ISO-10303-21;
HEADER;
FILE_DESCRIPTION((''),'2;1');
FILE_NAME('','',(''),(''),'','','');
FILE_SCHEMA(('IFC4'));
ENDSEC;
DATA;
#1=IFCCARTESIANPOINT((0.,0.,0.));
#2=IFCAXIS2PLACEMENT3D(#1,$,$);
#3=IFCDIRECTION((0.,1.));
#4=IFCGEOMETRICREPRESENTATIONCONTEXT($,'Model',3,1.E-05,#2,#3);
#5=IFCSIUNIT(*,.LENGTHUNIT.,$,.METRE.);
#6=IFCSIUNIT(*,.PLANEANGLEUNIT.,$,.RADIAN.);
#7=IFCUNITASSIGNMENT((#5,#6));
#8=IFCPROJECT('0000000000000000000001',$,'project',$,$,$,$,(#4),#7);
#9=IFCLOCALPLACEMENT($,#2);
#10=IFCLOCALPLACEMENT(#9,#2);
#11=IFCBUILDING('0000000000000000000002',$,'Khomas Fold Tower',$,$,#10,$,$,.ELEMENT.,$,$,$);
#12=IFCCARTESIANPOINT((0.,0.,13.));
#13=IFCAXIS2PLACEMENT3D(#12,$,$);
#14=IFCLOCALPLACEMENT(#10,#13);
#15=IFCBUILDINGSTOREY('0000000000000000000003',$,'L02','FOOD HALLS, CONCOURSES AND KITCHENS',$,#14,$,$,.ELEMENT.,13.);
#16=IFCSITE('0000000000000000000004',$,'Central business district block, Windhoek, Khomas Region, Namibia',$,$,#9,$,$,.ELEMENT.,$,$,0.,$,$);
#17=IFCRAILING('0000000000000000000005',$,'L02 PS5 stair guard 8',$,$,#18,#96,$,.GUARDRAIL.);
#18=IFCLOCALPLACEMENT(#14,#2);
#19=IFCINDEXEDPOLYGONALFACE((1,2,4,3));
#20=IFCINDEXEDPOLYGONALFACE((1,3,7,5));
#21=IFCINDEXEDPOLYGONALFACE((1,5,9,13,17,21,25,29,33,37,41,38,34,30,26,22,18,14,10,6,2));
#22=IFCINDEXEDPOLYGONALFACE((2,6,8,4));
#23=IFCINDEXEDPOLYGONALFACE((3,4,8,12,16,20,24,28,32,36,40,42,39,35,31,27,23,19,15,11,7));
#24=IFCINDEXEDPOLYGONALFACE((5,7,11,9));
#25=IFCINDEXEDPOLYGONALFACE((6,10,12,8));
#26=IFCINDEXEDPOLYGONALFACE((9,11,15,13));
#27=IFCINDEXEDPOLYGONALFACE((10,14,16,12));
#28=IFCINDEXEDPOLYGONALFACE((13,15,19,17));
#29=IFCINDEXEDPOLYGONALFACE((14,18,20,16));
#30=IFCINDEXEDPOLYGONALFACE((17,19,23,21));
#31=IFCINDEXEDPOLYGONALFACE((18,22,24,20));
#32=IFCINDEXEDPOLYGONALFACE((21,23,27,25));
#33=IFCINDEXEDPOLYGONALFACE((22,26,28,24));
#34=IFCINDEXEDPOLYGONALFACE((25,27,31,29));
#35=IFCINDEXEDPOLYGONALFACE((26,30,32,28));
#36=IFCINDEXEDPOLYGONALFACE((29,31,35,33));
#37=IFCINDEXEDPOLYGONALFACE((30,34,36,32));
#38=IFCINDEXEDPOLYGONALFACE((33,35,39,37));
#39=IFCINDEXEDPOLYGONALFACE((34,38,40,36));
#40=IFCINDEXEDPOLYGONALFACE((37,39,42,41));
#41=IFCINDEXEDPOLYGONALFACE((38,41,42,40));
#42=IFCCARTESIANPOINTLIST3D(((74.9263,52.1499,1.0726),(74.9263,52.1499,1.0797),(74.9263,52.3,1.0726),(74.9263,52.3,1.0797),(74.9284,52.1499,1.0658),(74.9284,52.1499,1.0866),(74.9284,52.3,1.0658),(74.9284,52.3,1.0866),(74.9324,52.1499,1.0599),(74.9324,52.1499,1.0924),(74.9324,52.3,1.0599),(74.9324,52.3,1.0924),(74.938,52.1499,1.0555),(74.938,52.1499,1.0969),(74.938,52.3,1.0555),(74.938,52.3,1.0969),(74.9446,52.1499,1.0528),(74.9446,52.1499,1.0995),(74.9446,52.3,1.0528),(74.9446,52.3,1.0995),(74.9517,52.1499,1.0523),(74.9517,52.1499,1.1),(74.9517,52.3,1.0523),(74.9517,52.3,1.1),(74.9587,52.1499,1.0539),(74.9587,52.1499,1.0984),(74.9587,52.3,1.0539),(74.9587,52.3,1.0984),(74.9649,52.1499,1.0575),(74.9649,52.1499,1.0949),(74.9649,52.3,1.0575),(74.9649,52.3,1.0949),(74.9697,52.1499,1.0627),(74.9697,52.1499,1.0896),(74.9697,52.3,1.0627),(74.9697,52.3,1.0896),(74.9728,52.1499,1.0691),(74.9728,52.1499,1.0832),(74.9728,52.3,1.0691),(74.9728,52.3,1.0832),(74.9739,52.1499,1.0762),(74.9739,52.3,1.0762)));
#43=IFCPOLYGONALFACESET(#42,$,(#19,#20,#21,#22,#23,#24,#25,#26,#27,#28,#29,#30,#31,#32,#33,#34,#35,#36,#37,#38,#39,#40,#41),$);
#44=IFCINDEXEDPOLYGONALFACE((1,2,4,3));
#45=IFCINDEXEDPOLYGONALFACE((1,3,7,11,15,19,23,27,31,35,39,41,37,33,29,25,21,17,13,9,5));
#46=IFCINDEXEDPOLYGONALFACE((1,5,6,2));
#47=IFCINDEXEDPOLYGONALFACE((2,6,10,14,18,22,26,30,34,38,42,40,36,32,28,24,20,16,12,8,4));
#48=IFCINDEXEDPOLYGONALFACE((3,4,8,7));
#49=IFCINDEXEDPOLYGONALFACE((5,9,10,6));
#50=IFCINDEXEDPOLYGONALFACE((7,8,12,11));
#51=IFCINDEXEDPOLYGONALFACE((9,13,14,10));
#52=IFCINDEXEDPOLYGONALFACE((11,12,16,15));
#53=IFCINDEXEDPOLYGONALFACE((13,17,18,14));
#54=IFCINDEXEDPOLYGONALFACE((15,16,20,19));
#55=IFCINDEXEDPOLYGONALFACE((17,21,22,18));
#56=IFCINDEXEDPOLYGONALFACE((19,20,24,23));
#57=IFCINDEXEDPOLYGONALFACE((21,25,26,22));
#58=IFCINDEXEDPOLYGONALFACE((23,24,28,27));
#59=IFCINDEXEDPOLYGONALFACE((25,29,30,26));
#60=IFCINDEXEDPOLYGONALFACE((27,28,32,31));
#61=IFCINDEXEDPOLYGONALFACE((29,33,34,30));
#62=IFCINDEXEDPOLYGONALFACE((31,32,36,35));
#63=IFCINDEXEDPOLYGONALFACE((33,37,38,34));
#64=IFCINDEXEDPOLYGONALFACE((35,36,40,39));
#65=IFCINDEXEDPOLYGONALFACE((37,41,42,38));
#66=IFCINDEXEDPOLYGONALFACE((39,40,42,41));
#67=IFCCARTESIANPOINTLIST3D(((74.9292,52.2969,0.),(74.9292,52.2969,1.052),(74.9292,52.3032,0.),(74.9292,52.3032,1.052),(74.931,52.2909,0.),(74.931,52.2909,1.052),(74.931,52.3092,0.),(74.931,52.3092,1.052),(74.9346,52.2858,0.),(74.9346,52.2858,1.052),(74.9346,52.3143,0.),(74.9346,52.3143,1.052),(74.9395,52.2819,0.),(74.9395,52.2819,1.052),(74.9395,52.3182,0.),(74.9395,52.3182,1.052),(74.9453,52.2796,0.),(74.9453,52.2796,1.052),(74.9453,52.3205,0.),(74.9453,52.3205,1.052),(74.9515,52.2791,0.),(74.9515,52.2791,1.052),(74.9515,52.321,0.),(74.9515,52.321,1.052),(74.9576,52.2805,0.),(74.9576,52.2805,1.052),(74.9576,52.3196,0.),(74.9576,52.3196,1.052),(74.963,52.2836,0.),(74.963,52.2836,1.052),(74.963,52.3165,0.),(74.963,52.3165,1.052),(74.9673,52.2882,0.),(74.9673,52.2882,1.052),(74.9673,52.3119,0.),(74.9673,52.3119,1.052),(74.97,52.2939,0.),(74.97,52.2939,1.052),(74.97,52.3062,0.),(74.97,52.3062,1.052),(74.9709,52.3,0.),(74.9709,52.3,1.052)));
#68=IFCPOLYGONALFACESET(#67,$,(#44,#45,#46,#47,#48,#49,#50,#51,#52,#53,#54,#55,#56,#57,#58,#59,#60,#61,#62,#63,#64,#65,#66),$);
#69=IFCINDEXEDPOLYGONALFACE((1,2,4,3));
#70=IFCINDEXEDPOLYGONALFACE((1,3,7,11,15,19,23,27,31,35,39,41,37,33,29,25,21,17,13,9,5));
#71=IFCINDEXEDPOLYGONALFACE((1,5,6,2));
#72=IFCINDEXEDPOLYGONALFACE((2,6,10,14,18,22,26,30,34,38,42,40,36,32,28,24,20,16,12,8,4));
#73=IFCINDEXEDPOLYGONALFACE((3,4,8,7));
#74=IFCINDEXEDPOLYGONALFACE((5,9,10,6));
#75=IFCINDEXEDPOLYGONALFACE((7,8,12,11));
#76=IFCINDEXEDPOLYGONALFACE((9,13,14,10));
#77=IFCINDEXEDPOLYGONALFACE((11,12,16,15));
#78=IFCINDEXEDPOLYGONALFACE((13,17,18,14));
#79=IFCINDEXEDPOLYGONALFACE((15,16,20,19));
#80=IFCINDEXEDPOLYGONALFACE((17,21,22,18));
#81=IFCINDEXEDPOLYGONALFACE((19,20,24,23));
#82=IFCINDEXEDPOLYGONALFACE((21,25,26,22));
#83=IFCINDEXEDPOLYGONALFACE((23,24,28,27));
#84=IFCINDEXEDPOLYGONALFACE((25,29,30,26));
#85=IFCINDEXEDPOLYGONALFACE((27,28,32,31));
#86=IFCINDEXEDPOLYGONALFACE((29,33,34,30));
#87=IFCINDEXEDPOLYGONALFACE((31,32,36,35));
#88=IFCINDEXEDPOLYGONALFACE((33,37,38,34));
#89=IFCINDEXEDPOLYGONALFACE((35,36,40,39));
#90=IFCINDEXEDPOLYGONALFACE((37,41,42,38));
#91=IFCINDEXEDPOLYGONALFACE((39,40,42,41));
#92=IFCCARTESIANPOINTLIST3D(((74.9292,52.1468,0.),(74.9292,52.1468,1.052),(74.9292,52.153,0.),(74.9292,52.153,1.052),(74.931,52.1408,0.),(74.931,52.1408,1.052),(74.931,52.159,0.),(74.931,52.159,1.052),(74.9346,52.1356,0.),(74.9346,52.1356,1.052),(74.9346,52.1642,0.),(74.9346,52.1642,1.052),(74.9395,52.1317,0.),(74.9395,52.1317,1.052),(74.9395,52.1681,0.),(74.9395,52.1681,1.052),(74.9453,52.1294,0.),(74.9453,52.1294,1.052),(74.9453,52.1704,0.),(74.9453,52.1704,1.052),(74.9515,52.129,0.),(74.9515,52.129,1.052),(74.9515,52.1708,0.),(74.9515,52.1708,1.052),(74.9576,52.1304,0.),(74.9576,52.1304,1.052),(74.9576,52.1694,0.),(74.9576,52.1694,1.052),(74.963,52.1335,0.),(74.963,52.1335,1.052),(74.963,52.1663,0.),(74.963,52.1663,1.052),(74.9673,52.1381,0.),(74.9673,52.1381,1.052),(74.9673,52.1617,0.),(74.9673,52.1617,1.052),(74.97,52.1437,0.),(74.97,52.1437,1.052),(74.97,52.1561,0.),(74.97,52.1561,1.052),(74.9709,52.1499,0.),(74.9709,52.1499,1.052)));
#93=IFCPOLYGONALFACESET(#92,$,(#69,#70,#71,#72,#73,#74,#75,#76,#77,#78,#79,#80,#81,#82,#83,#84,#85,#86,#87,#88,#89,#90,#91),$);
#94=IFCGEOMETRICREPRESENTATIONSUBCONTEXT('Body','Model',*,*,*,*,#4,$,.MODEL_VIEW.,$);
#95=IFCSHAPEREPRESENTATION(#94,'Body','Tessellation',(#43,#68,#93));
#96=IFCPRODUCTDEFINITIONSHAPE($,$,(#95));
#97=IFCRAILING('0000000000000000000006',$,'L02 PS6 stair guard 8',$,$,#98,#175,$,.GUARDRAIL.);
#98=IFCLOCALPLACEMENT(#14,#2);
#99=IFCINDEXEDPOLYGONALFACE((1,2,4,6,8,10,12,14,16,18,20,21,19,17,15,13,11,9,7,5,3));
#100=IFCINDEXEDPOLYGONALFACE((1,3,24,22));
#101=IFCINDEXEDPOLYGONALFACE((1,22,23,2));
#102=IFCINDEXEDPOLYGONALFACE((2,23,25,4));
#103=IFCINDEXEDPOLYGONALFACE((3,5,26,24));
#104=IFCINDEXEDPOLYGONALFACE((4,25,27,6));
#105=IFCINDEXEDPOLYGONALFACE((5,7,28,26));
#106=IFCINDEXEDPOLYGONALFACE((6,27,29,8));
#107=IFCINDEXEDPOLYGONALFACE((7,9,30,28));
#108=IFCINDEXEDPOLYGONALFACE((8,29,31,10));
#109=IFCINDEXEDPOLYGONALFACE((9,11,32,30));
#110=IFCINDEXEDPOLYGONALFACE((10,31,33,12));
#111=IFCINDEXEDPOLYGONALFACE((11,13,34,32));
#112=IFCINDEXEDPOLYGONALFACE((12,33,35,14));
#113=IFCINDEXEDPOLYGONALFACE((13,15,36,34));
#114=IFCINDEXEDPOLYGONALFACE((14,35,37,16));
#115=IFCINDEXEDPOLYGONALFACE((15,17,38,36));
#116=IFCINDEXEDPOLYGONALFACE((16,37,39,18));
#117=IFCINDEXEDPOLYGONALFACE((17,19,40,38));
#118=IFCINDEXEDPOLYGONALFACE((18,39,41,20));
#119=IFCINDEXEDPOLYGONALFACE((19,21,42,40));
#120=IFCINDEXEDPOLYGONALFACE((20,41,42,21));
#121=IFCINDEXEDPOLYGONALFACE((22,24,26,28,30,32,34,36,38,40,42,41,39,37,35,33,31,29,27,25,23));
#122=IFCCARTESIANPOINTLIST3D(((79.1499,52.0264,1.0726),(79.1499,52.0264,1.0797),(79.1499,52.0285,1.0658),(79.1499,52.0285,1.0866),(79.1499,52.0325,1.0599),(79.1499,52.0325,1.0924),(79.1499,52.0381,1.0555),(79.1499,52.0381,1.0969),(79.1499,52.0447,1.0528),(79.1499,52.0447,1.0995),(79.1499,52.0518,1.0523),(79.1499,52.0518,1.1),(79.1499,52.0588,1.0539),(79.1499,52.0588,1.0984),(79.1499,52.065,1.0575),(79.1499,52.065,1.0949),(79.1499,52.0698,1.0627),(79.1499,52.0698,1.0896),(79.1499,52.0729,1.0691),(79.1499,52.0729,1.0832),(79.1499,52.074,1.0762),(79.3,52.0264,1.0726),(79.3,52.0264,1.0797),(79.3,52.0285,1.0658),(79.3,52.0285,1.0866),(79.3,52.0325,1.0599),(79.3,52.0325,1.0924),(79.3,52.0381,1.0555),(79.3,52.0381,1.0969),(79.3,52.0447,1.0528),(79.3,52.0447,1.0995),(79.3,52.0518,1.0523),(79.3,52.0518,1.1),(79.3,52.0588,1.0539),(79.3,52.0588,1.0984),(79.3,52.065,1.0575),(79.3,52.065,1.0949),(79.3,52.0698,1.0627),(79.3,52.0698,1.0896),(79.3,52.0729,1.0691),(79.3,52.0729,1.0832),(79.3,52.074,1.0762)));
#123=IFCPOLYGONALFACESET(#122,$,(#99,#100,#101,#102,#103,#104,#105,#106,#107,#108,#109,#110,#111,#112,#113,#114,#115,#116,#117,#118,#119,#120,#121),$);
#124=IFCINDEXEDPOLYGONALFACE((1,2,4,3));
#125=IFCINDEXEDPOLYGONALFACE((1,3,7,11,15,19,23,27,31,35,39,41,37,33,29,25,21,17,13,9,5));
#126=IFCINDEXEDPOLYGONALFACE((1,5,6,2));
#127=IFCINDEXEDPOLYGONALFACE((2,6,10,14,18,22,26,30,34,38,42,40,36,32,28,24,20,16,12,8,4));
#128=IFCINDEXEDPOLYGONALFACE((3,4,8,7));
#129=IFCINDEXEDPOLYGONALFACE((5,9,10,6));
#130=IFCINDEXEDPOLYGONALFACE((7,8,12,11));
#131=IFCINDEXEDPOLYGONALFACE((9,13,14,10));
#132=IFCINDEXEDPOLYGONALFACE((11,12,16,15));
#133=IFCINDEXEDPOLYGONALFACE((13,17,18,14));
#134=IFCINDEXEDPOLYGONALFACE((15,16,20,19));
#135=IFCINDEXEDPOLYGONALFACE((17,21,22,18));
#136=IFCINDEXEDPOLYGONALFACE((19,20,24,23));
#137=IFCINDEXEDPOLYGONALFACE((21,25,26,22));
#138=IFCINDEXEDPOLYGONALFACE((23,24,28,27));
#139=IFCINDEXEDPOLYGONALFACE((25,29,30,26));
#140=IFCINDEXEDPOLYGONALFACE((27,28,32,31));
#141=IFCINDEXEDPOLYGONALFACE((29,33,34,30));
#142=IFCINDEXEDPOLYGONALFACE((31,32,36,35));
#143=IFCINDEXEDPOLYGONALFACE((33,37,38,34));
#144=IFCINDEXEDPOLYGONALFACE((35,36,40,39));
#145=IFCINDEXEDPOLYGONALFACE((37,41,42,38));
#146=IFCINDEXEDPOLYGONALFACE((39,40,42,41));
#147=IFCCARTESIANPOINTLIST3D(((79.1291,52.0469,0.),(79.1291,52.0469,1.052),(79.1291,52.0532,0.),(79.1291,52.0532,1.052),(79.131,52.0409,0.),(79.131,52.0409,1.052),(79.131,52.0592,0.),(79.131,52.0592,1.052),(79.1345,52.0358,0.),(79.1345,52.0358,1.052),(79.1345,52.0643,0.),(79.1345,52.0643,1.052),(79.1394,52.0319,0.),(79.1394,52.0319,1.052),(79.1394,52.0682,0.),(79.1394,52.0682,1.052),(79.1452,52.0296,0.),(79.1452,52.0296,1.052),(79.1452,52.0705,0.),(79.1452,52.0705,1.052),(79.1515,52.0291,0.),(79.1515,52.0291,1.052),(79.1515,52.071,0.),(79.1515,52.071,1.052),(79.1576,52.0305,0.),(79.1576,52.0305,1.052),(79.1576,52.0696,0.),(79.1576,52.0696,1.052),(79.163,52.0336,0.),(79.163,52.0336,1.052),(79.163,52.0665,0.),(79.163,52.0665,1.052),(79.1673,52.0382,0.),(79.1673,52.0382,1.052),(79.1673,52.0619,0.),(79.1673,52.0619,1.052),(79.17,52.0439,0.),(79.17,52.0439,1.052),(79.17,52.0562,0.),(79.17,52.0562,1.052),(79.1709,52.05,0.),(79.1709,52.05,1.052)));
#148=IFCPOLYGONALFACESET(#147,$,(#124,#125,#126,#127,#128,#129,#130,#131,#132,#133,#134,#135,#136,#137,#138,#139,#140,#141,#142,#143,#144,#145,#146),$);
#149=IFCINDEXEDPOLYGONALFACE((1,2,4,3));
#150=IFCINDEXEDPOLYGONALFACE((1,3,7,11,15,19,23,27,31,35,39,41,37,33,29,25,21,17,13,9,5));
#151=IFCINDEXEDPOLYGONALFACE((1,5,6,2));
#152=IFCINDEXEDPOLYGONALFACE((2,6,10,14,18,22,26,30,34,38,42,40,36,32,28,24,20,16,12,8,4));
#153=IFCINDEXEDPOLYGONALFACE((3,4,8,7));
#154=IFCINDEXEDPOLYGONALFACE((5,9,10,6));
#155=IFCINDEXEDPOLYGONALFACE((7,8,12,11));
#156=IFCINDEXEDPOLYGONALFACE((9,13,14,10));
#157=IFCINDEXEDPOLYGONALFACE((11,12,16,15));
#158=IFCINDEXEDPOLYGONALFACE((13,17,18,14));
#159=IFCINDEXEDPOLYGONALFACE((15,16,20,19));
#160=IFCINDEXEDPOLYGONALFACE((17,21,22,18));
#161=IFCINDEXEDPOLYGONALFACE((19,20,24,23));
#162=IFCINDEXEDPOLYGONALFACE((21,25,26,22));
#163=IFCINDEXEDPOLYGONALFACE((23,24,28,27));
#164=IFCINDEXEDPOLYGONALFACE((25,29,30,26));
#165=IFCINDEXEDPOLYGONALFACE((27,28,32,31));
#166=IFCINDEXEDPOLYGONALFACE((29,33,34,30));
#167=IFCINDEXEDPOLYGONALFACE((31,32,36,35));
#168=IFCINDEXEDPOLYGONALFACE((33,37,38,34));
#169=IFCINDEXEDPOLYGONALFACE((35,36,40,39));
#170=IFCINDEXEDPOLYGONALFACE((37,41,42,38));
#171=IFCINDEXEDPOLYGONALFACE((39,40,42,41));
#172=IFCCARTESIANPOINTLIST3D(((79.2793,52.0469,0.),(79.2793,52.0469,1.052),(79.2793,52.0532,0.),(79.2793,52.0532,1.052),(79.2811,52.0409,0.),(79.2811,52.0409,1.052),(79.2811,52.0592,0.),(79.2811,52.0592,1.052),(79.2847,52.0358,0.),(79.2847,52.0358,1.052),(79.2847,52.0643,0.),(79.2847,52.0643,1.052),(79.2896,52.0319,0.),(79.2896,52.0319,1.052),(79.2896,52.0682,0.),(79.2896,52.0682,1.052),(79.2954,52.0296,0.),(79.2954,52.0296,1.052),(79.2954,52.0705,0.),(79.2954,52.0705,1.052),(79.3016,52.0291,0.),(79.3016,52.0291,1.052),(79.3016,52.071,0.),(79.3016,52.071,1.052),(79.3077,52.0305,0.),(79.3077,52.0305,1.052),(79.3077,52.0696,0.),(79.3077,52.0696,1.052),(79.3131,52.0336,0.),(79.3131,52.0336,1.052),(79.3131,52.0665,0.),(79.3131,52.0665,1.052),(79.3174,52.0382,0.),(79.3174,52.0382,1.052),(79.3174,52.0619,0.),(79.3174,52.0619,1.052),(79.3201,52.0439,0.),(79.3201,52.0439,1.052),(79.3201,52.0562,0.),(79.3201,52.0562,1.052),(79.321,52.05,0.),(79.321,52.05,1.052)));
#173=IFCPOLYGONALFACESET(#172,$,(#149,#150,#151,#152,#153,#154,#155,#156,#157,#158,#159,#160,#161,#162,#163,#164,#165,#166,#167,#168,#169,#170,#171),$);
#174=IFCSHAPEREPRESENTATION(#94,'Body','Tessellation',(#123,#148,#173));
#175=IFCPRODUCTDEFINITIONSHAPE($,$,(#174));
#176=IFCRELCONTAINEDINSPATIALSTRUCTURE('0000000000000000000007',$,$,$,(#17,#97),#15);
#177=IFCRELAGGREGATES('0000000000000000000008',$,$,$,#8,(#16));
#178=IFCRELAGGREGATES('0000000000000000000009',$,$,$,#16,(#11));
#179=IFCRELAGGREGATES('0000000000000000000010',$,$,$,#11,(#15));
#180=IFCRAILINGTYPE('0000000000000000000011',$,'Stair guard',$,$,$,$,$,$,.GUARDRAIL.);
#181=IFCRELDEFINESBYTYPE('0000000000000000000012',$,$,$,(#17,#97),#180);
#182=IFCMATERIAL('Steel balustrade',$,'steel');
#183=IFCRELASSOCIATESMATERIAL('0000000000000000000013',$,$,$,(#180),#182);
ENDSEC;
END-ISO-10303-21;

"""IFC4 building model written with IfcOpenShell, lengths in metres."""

from ifc_helpers import new_model, si_unit, direction, frame, origin, origin_2d, place, context, subcontext, project, spatial, circle, extrude, source, transform, mapped, material, type_object, element, save


model = new_model("IFC4")

# Units and contexts
model_context = context("Model", 3, precision=1e-05, world=origin(), true_north=direction((0.0, 1.0)))
body_context = subcontext(model_context, "Body", "Model", "MODEL_VIEW")
ifc_project = project(units=[si_unit("LENGTHUNIT", "METRE"), si_unit("PLANEANGLEUNIT", "RADIAN")], contexts=[model_context])

# Site, building, storey
site_placement = place(None, origin())
site = spatial("IfcSite", under=ifc_project, at=site_placement, Name="Central business district block, Windhoek, Khomas Region, Namibia", CompositionType="ELEMENT", RefElevation=0.0)
building_placement = place(site_placement, origin())
building = spatial("IfcBuilding", under=site, at=building_placement, Name="Khomas Fold Tower", CompositionType="ELEMENT")
storey_placement = place(building_placement, frame((0.0, 0.0, 13.0)))
storey = spatial("IfcBuildingStorey", under=building, at=storey_placement, Name="L02", Description="FOOD HALLS, CONCOURSES AND KITCHENS", CompositionType="ELEMENT", Elevation=13.0)

# Railings
ifc_material_1 = material(Name="Steel balustrade", Category="steel")
railing_type_1 = type_object("IfcRailingType", Name="Stair guard", PredefinedType="GUARDRAIL", material=ifc_material_1)
shared_shape_1 = source(origin(), body_context, "Body", "SweptSolid", [
    extrude(circle(Radius=0.0239, at=origin_2d()), frame((0.0, 0.0, 1.0762), z_axis=(0.0, -1.0, 0.0), x_axis=(1.0, 0.0, 0.0)), (0.0, 0.0, 1.0), 0.1501),
    extrude(circle(Radius=0.021, at=origin_2d()), origin(), (0.0, 0.0, 1.0), 1.052),
    extrude(circle(Radius=0.021, at=origin_2d()), frame((0.0, -0.1501, 0.0)), (0.0, 0.0, 1.0), 1.052),
])
for number, where, name in (
    (1, (74.95, 52.3, 0.0), "L02 PS5 stair guard 8"),
):
    element("IfcRailing", number, at=place(storey_placement, frame(where)), inside=storey, type_object=railing_type_1, Name=name, PredefinedType="GUARDRAIL", context=body_context, shape_type="MappedRepresentation", body=[
        mapped(shared_shape_1, transform((0.0, 0.0, 0.0))),
    ])
shared_shape_2 = source(origin(), body_context, "Body", "SweptSolid", [
    extrude(circle(Radius=0.0239, at=origin_2d()), frame((0.0, 0.0, 1.0762), z_axis=(1.0, 0.0, 0.0), x_axis=(0.0, 1.0, 0.0)), (0.0, 0.0, 1.0), 0.1501),
    extrude(circle(Radius=0.021, at=origin_2d()), origin(), (0.0, 0.0, 1.0), 1.052),
    extrude(circle(Radius=0.021, at=origin_2d()), frame((0.1501, 0.0, 0.0)), (0.0, 0.0, 1.0), 1.052),
])
railing_placement = place(storey_placement, frame((79.1499, 52.05, 0.0)))
element("IfcRailing", 2, at=railing_placement, inside=storey, type_object=railing_type_1, Name="L02 PS6 stair guard 8", PredefinedType="GUARDRAIL", context=body_context, shape_type="MappedRepresentation", body=[
    mapped(shared_shape_2, transform((0.0, 0.0, 0.0))),
])

save(model, "model.ifc")
